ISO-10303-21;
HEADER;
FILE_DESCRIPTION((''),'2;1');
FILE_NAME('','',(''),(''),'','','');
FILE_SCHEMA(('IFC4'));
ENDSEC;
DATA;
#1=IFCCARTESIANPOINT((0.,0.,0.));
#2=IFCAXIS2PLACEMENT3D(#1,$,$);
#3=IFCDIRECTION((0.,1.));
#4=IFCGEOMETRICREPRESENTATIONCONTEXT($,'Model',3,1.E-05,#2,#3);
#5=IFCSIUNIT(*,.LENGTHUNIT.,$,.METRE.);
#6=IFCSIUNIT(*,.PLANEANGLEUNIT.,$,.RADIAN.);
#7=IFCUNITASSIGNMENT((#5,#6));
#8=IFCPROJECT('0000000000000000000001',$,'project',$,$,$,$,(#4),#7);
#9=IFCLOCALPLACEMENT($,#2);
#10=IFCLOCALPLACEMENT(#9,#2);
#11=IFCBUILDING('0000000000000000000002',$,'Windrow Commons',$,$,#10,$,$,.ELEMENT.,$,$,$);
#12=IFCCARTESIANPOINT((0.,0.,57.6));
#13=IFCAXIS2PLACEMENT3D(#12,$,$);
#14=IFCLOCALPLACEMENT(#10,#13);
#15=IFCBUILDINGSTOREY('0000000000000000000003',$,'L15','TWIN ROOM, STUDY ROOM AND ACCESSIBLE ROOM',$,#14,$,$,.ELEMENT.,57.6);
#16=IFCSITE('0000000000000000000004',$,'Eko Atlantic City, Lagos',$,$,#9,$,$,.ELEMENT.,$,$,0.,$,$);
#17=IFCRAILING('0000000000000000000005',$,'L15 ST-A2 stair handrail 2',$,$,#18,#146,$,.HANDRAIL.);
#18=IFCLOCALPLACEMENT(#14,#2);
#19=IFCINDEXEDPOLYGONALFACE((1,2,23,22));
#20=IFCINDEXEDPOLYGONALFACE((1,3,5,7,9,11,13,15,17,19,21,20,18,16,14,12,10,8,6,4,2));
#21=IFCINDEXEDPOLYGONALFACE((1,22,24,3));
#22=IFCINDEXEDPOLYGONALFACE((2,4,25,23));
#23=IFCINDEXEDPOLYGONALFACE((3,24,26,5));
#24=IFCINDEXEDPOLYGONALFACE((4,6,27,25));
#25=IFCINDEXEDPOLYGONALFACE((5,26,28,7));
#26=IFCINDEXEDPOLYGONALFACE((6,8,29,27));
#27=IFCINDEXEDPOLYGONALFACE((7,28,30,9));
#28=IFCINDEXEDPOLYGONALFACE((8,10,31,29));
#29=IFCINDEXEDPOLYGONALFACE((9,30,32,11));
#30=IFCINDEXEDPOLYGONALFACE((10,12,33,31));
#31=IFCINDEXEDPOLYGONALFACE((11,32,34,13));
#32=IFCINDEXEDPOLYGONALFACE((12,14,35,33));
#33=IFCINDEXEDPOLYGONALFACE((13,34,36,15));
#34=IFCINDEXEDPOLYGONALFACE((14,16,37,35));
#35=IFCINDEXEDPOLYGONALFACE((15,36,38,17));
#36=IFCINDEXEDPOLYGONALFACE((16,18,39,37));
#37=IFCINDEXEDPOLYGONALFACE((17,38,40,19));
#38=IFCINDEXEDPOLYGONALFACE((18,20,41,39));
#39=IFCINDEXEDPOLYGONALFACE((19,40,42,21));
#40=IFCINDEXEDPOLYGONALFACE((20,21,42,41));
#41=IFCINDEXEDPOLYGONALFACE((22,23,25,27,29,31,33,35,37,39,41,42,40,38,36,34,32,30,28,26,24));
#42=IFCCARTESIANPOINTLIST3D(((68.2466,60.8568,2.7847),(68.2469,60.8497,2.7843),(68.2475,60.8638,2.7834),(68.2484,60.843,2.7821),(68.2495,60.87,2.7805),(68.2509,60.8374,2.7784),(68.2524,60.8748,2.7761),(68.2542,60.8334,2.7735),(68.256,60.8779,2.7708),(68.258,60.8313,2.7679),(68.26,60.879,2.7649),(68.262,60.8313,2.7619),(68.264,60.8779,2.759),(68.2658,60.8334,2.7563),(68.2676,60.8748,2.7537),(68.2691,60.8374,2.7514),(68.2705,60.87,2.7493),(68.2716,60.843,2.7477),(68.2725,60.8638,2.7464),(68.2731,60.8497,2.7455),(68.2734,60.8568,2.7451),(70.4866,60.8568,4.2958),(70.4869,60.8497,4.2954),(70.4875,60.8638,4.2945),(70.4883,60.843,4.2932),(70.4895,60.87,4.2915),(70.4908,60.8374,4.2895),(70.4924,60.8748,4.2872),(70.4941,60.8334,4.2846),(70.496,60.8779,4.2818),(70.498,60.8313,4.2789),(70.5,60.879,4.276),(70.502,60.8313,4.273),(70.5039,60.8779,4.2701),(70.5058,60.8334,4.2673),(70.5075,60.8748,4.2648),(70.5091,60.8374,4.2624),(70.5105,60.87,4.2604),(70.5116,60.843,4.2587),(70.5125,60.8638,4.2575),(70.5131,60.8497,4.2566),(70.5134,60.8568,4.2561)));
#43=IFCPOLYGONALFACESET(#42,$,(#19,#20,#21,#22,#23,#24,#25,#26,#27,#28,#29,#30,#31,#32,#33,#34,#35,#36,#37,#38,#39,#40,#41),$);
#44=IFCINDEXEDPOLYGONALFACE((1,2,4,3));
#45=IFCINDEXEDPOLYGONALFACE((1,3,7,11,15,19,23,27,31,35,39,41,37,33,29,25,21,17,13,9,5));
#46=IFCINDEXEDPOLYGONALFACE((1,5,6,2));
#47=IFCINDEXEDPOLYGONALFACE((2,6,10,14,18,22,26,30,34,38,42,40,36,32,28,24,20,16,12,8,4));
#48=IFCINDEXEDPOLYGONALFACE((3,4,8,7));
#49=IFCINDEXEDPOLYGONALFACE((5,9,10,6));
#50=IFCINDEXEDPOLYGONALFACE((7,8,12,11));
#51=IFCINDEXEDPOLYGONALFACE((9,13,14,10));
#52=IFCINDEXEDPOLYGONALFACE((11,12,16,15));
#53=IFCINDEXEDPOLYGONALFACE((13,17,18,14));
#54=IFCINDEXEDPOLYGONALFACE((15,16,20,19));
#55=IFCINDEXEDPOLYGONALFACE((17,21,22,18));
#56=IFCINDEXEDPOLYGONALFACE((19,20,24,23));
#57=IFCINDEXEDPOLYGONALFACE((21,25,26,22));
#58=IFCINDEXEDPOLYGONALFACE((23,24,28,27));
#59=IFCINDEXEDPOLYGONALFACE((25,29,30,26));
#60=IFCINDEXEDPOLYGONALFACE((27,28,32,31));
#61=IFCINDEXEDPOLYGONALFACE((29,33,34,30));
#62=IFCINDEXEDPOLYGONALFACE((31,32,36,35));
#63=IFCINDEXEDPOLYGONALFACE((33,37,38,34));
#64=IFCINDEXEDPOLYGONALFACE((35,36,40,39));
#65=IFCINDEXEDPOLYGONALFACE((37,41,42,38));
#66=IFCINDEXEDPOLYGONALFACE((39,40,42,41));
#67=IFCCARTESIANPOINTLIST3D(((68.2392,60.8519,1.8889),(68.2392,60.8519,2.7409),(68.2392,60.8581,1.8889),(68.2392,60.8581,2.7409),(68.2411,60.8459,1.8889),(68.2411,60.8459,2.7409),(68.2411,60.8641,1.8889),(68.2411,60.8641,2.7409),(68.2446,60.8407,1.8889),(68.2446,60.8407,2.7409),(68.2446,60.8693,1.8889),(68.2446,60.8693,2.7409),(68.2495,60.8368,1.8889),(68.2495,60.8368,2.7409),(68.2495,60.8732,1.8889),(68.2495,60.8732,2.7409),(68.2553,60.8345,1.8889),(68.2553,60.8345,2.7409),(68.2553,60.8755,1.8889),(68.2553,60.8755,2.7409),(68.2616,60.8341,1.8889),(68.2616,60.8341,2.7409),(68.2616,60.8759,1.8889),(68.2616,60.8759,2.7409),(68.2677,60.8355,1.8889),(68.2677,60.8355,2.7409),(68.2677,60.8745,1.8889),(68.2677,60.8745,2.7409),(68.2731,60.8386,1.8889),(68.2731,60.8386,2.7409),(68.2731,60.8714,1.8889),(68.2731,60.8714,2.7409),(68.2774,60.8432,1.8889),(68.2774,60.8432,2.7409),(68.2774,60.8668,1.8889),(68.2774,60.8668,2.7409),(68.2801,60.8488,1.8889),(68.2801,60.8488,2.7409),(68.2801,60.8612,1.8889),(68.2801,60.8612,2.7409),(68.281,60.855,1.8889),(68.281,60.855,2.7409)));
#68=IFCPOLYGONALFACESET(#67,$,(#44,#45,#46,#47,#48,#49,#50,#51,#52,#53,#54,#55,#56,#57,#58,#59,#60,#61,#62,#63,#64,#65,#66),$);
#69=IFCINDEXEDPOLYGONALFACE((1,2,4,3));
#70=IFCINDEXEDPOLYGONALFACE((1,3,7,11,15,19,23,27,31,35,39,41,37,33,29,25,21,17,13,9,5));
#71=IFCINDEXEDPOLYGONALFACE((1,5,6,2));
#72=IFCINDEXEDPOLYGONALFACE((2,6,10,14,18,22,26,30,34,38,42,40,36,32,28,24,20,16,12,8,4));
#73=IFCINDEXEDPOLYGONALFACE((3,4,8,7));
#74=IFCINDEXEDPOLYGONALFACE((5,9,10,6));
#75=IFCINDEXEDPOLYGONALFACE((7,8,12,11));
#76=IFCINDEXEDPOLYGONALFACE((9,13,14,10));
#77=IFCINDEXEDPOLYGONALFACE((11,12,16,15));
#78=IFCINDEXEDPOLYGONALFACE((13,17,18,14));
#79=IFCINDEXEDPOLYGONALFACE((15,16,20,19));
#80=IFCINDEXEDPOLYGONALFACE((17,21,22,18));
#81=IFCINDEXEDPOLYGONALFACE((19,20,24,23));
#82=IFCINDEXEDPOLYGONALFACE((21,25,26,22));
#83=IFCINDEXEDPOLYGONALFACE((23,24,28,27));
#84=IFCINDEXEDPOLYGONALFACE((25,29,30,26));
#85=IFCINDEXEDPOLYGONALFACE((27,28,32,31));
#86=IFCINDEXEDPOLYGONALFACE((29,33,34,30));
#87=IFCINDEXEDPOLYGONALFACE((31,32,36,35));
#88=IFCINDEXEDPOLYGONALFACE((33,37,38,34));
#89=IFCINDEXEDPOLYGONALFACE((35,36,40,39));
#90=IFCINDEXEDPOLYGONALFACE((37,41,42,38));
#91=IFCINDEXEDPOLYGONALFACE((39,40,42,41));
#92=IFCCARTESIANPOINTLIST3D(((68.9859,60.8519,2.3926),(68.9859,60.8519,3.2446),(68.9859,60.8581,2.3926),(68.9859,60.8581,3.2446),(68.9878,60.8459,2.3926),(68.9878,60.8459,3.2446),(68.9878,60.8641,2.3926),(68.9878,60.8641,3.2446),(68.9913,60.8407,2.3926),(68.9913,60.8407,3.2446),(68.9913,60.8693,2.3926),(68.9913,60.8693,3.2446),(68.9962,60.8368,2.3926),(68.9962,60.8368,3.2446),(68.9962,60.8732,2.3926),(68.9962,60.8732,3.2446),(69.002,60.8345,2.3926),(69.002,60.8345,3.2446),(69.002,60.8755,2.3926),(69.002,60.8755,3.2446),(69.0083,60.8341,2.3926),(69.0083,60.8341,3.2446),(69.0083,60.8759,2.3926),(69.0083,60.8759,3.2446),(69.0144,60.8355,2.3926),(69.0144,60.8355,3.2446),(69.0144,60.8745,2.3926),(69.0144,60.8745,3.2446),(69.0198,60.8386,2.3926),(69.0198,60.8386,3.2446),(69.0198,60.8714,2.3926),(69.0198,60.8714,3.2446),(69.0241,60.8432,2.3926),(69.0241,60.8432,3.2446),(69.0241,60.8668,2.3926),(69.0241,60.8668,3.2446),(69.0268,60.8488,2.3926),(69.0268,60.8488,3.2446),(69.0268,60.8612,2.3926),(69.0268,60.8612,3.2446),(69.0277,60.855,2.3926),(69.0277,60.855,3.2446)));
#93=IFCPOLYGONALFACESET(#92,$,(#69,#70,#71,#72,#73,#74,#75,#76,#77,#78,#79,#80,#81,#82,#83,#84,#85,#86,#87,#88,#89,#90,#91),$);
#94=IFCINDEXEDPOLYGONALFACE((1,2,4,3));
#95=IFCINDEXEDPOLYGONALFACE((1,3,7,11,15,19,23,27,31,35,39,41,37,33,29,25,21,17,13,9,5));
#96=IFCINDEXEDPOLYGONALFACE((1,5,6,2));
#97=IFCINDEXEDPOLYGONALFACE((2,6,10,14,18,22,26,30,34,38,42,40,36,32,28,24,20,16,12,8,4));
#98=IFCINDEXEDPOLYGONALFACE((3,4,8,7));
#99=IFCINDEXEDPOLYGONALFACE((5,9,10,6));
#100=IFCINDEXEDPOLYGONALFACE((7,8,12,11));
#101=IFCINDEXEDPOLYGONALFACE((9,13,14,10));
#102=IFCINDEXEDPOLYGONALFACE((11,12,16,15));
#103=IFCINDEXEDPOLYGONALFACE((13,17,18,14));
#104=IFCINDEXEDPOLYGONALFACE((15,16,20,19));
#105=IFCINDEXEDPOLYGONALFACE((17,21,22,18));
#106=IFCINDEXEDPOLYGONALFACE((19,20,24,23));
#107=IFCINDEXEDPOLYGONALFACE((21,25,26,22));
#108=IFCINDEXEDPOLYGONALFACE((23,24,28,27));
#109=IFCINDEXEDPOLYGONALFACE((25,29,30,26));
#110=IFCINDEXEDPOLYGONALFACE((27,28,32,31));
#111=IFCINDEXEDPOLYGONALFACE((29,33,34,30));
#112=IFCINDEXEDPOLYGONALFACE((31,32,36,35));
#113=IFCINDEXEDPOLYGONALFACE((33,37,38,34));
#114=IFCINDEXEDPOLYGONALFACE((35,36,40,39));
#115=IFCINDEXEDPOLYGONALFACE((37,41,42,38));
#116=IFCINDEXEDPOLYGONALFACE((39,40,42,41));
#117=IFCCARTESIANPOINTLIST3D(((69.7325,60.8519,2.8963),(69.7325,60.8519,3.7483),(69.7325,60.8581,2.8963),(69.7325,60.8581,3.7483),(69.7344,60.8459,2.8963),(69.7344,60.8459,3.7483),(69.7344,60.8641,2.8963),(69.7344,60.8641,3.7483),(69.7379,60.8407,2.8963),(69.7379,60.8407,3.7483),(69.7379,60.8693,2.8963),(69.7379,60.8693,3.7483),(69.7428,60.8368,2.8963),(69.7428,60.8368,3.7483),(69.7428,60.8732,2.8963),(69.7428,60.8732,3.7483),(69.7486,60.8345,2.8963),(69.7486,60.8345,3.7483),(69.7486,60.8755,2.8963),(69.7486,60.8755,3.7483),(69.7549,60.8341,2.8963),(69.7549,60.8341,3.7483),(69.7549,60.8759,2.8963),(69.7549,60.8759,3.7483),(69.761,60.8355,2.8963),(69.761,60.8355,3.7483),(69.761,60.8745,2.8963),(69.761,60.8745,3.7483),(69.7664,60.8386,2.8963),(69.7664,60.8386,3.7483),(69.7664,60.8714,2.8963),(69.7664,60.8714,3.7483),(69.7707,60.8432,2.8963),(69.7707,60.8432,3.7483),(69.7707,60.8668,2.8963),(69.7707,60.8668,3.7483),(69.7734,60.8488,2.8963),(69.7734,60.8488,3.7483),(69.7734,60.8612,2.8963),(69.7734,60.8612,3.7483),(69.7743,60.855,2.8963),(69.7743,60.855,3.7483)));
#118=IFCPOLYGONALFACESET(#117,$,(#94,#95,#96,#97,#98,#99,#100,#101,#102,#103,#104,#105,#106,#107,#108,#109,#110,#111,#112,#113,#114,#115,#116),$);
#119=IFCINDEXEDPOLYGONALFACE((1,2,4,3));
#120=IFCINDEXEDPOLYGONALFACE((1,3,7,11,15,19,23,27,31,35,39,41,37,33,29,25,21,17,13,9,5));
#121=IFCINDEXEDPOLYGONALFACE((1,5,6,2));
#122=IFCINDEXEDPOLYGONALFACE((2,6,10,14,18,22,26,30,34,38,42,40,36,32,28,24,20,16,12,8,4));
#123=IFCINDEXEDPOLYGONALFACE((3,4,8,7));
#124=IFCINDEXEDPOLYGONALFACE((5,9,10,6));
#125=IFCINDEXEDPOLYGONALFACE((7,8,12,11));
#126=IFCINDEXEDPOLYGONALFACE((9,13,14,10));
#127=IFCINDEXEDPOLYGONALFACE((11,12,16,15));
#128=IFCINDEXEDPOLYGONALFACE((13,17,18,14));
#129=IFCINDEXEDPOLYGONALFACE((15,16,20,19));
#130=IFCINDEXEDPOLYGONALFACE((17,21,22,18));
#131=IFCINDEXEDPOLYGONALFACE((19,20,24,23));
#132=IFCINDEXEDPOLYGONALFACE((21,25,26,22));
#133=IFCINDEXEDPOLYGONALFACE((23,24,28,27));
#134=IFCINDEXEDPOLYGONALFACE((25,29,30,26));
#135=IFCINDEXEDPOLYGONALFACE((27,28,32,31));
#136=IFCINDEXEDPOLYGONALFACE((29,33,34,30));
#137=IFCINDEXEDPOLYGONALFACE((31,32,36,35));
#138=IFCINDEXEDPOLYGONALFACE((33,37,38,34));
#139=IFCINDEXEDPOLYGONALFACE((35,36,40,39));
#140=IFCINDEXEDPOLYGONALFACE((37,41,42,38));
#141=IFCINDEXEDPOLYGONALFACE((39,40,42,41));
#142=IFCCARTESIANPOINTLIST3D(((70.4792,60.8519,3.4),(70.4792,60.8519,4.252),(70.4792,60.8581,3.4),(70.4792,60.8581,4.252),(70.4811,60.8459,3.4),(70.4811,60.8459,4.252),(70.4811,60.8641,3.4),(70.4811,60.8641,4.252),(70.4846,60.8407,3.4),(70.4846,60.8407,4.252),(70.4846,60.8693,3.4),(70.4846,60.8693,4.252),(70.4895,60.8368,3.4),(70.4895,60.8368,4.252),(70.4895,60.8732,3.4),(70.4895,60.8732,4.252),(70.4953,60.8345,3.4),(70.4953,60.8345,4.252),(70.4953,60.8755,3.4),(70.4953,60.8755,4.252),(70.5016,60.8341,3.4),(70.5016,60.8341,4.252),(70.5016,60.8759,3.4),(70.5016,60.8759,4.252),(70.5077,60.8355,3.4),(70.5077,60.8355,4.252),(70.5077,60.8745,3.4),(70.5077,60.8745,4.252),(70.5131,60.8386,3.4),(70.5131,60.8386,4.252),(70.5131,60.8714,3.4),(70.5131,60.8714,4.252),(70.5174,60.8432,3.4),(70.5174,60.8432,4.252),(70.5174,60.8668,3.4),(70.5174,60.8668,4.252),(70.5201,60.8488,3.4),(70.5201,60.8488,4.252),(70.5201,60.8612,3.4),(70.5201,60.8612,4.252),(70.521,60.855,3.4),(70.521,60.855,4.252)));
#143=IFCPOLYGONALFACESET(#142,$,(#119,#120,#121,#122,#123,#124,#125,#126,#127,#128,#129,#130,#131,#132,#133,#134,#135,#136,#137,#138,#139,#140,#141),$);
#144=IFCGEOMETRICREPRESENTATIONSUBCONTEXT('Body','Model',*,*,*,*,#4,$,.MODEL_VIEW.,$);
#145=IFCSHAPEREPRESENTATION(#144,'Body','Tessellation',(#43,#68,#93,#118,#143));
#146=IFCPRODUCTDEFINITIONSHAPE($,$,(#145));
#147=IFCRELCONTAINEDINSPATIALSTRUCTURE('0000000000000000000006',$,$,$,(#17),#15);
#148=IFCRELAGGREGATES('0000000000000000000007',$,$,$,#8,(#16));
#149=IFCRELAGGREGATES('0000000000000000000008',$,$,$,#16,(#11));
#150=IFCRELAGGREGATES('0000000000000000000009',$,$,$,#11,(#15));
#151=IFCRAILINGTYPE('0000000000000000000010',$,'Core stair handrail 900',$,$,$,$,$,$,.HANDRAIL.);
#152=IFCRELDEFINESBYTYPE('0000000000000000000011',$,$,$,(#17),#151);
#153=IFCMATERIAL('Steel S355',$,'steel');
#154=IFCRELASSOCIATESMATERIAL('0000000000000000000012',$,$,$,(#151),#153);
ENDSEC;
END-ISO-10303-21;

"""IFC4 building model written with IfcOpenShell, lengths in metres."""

from ifc_helpers import new_model, si_unit, direction, frame, origin, origin_2d, place, context, subcontext, project, spatial, circle, extrude, material, type_object, element, save


model = new_model("IFC4")

# Units and contexts
model_context = context("Model", 3, precision=1e-05, world=origin(), true_north=direction((0.0, 1.0)))
body_context = subcontext(model_context, "Body", "Model", "MODEL_VIEW")
ifc_project = project(units=[si_unit("LENGTHUNIT", "METRE"), si_unit("PLANEANGLEUNIT", "RADIAN")], contexts=[model_context])

# Site, building, storey
site_placement = place(None, origin())
site = spatial("IfcSite", under=ifc_project, at=site_placement, Name="Eko Atlantic City, Lagos", CompositionType="ELEMENT", RefElevation=0.0)
building_placement = place(site_placement, origin())
building = spatial("IfcBuilding", under=site, at=building_placement, Name="Windrow Commons", CompositionType="ELEMENT")
storey_placement = place(building_placement, frame((0.0, 0.0, 57.6)))
storey = spatial("IfcBuildingStorey", under=building, at=storey_placement, Name="L15", Description="TWIN ROOM, STUDY ROOM AND ACCESSIBLE ROOM", CompositionType="ELEMENT", Elevation=57.6)

# Railing
ifc_material_1 = material(Name="Steel S355", Category="steel")
railing_type_1 = type_object("IfcRailingType", Name="Core stair handrail 900", PredefinedType="HANDRAIL", material=ifc_material_1)
railing_1_placement = place(storey_placement, frame((68.26, 60.855, 1.8889)))
element("IfcRailing", 1, at=railing_1_placement, inside=storey, type_object=railing_type_1, Name="L15 ST-A2 stair handrail 2", PredefinedType="HANDRAIL", context=body_context, shape_type="SweptSolid", body=[
    extrude(circle(Radius=0.024, at=origin_2d()), frame((0.0, 0.0, 0.876), z_axis=(0.829003, 0.0, 0.559244), x_axis=(0.0, 1.0, 0.0)), (0.0, 0.0, 1.0), 2.702),
    extrude(circle(Radius=0.021, at=origin_2d()), origin(), (0.0, 0.0, 1.0), 0.852),
    extrude(circle(Radius=0.021, at=origin_2d()), frame((0.7467, 0.0, 0.5037)), (0.0, 0.0, 1.0), 0.852),
    extrude(circle(Radius=0.021, at=origin_2d()), frame((1.4933, 0.0, 1.0074)), (0.0, 0.0, 1.0), 0.852),
    extrude(circle(Radius=0.021, at=origin_2d()), frame((2.24, 0.0, 1.5111)), (0.0, 0.0, 1.0), 0.852),
])

save(model, "model.ifc")
